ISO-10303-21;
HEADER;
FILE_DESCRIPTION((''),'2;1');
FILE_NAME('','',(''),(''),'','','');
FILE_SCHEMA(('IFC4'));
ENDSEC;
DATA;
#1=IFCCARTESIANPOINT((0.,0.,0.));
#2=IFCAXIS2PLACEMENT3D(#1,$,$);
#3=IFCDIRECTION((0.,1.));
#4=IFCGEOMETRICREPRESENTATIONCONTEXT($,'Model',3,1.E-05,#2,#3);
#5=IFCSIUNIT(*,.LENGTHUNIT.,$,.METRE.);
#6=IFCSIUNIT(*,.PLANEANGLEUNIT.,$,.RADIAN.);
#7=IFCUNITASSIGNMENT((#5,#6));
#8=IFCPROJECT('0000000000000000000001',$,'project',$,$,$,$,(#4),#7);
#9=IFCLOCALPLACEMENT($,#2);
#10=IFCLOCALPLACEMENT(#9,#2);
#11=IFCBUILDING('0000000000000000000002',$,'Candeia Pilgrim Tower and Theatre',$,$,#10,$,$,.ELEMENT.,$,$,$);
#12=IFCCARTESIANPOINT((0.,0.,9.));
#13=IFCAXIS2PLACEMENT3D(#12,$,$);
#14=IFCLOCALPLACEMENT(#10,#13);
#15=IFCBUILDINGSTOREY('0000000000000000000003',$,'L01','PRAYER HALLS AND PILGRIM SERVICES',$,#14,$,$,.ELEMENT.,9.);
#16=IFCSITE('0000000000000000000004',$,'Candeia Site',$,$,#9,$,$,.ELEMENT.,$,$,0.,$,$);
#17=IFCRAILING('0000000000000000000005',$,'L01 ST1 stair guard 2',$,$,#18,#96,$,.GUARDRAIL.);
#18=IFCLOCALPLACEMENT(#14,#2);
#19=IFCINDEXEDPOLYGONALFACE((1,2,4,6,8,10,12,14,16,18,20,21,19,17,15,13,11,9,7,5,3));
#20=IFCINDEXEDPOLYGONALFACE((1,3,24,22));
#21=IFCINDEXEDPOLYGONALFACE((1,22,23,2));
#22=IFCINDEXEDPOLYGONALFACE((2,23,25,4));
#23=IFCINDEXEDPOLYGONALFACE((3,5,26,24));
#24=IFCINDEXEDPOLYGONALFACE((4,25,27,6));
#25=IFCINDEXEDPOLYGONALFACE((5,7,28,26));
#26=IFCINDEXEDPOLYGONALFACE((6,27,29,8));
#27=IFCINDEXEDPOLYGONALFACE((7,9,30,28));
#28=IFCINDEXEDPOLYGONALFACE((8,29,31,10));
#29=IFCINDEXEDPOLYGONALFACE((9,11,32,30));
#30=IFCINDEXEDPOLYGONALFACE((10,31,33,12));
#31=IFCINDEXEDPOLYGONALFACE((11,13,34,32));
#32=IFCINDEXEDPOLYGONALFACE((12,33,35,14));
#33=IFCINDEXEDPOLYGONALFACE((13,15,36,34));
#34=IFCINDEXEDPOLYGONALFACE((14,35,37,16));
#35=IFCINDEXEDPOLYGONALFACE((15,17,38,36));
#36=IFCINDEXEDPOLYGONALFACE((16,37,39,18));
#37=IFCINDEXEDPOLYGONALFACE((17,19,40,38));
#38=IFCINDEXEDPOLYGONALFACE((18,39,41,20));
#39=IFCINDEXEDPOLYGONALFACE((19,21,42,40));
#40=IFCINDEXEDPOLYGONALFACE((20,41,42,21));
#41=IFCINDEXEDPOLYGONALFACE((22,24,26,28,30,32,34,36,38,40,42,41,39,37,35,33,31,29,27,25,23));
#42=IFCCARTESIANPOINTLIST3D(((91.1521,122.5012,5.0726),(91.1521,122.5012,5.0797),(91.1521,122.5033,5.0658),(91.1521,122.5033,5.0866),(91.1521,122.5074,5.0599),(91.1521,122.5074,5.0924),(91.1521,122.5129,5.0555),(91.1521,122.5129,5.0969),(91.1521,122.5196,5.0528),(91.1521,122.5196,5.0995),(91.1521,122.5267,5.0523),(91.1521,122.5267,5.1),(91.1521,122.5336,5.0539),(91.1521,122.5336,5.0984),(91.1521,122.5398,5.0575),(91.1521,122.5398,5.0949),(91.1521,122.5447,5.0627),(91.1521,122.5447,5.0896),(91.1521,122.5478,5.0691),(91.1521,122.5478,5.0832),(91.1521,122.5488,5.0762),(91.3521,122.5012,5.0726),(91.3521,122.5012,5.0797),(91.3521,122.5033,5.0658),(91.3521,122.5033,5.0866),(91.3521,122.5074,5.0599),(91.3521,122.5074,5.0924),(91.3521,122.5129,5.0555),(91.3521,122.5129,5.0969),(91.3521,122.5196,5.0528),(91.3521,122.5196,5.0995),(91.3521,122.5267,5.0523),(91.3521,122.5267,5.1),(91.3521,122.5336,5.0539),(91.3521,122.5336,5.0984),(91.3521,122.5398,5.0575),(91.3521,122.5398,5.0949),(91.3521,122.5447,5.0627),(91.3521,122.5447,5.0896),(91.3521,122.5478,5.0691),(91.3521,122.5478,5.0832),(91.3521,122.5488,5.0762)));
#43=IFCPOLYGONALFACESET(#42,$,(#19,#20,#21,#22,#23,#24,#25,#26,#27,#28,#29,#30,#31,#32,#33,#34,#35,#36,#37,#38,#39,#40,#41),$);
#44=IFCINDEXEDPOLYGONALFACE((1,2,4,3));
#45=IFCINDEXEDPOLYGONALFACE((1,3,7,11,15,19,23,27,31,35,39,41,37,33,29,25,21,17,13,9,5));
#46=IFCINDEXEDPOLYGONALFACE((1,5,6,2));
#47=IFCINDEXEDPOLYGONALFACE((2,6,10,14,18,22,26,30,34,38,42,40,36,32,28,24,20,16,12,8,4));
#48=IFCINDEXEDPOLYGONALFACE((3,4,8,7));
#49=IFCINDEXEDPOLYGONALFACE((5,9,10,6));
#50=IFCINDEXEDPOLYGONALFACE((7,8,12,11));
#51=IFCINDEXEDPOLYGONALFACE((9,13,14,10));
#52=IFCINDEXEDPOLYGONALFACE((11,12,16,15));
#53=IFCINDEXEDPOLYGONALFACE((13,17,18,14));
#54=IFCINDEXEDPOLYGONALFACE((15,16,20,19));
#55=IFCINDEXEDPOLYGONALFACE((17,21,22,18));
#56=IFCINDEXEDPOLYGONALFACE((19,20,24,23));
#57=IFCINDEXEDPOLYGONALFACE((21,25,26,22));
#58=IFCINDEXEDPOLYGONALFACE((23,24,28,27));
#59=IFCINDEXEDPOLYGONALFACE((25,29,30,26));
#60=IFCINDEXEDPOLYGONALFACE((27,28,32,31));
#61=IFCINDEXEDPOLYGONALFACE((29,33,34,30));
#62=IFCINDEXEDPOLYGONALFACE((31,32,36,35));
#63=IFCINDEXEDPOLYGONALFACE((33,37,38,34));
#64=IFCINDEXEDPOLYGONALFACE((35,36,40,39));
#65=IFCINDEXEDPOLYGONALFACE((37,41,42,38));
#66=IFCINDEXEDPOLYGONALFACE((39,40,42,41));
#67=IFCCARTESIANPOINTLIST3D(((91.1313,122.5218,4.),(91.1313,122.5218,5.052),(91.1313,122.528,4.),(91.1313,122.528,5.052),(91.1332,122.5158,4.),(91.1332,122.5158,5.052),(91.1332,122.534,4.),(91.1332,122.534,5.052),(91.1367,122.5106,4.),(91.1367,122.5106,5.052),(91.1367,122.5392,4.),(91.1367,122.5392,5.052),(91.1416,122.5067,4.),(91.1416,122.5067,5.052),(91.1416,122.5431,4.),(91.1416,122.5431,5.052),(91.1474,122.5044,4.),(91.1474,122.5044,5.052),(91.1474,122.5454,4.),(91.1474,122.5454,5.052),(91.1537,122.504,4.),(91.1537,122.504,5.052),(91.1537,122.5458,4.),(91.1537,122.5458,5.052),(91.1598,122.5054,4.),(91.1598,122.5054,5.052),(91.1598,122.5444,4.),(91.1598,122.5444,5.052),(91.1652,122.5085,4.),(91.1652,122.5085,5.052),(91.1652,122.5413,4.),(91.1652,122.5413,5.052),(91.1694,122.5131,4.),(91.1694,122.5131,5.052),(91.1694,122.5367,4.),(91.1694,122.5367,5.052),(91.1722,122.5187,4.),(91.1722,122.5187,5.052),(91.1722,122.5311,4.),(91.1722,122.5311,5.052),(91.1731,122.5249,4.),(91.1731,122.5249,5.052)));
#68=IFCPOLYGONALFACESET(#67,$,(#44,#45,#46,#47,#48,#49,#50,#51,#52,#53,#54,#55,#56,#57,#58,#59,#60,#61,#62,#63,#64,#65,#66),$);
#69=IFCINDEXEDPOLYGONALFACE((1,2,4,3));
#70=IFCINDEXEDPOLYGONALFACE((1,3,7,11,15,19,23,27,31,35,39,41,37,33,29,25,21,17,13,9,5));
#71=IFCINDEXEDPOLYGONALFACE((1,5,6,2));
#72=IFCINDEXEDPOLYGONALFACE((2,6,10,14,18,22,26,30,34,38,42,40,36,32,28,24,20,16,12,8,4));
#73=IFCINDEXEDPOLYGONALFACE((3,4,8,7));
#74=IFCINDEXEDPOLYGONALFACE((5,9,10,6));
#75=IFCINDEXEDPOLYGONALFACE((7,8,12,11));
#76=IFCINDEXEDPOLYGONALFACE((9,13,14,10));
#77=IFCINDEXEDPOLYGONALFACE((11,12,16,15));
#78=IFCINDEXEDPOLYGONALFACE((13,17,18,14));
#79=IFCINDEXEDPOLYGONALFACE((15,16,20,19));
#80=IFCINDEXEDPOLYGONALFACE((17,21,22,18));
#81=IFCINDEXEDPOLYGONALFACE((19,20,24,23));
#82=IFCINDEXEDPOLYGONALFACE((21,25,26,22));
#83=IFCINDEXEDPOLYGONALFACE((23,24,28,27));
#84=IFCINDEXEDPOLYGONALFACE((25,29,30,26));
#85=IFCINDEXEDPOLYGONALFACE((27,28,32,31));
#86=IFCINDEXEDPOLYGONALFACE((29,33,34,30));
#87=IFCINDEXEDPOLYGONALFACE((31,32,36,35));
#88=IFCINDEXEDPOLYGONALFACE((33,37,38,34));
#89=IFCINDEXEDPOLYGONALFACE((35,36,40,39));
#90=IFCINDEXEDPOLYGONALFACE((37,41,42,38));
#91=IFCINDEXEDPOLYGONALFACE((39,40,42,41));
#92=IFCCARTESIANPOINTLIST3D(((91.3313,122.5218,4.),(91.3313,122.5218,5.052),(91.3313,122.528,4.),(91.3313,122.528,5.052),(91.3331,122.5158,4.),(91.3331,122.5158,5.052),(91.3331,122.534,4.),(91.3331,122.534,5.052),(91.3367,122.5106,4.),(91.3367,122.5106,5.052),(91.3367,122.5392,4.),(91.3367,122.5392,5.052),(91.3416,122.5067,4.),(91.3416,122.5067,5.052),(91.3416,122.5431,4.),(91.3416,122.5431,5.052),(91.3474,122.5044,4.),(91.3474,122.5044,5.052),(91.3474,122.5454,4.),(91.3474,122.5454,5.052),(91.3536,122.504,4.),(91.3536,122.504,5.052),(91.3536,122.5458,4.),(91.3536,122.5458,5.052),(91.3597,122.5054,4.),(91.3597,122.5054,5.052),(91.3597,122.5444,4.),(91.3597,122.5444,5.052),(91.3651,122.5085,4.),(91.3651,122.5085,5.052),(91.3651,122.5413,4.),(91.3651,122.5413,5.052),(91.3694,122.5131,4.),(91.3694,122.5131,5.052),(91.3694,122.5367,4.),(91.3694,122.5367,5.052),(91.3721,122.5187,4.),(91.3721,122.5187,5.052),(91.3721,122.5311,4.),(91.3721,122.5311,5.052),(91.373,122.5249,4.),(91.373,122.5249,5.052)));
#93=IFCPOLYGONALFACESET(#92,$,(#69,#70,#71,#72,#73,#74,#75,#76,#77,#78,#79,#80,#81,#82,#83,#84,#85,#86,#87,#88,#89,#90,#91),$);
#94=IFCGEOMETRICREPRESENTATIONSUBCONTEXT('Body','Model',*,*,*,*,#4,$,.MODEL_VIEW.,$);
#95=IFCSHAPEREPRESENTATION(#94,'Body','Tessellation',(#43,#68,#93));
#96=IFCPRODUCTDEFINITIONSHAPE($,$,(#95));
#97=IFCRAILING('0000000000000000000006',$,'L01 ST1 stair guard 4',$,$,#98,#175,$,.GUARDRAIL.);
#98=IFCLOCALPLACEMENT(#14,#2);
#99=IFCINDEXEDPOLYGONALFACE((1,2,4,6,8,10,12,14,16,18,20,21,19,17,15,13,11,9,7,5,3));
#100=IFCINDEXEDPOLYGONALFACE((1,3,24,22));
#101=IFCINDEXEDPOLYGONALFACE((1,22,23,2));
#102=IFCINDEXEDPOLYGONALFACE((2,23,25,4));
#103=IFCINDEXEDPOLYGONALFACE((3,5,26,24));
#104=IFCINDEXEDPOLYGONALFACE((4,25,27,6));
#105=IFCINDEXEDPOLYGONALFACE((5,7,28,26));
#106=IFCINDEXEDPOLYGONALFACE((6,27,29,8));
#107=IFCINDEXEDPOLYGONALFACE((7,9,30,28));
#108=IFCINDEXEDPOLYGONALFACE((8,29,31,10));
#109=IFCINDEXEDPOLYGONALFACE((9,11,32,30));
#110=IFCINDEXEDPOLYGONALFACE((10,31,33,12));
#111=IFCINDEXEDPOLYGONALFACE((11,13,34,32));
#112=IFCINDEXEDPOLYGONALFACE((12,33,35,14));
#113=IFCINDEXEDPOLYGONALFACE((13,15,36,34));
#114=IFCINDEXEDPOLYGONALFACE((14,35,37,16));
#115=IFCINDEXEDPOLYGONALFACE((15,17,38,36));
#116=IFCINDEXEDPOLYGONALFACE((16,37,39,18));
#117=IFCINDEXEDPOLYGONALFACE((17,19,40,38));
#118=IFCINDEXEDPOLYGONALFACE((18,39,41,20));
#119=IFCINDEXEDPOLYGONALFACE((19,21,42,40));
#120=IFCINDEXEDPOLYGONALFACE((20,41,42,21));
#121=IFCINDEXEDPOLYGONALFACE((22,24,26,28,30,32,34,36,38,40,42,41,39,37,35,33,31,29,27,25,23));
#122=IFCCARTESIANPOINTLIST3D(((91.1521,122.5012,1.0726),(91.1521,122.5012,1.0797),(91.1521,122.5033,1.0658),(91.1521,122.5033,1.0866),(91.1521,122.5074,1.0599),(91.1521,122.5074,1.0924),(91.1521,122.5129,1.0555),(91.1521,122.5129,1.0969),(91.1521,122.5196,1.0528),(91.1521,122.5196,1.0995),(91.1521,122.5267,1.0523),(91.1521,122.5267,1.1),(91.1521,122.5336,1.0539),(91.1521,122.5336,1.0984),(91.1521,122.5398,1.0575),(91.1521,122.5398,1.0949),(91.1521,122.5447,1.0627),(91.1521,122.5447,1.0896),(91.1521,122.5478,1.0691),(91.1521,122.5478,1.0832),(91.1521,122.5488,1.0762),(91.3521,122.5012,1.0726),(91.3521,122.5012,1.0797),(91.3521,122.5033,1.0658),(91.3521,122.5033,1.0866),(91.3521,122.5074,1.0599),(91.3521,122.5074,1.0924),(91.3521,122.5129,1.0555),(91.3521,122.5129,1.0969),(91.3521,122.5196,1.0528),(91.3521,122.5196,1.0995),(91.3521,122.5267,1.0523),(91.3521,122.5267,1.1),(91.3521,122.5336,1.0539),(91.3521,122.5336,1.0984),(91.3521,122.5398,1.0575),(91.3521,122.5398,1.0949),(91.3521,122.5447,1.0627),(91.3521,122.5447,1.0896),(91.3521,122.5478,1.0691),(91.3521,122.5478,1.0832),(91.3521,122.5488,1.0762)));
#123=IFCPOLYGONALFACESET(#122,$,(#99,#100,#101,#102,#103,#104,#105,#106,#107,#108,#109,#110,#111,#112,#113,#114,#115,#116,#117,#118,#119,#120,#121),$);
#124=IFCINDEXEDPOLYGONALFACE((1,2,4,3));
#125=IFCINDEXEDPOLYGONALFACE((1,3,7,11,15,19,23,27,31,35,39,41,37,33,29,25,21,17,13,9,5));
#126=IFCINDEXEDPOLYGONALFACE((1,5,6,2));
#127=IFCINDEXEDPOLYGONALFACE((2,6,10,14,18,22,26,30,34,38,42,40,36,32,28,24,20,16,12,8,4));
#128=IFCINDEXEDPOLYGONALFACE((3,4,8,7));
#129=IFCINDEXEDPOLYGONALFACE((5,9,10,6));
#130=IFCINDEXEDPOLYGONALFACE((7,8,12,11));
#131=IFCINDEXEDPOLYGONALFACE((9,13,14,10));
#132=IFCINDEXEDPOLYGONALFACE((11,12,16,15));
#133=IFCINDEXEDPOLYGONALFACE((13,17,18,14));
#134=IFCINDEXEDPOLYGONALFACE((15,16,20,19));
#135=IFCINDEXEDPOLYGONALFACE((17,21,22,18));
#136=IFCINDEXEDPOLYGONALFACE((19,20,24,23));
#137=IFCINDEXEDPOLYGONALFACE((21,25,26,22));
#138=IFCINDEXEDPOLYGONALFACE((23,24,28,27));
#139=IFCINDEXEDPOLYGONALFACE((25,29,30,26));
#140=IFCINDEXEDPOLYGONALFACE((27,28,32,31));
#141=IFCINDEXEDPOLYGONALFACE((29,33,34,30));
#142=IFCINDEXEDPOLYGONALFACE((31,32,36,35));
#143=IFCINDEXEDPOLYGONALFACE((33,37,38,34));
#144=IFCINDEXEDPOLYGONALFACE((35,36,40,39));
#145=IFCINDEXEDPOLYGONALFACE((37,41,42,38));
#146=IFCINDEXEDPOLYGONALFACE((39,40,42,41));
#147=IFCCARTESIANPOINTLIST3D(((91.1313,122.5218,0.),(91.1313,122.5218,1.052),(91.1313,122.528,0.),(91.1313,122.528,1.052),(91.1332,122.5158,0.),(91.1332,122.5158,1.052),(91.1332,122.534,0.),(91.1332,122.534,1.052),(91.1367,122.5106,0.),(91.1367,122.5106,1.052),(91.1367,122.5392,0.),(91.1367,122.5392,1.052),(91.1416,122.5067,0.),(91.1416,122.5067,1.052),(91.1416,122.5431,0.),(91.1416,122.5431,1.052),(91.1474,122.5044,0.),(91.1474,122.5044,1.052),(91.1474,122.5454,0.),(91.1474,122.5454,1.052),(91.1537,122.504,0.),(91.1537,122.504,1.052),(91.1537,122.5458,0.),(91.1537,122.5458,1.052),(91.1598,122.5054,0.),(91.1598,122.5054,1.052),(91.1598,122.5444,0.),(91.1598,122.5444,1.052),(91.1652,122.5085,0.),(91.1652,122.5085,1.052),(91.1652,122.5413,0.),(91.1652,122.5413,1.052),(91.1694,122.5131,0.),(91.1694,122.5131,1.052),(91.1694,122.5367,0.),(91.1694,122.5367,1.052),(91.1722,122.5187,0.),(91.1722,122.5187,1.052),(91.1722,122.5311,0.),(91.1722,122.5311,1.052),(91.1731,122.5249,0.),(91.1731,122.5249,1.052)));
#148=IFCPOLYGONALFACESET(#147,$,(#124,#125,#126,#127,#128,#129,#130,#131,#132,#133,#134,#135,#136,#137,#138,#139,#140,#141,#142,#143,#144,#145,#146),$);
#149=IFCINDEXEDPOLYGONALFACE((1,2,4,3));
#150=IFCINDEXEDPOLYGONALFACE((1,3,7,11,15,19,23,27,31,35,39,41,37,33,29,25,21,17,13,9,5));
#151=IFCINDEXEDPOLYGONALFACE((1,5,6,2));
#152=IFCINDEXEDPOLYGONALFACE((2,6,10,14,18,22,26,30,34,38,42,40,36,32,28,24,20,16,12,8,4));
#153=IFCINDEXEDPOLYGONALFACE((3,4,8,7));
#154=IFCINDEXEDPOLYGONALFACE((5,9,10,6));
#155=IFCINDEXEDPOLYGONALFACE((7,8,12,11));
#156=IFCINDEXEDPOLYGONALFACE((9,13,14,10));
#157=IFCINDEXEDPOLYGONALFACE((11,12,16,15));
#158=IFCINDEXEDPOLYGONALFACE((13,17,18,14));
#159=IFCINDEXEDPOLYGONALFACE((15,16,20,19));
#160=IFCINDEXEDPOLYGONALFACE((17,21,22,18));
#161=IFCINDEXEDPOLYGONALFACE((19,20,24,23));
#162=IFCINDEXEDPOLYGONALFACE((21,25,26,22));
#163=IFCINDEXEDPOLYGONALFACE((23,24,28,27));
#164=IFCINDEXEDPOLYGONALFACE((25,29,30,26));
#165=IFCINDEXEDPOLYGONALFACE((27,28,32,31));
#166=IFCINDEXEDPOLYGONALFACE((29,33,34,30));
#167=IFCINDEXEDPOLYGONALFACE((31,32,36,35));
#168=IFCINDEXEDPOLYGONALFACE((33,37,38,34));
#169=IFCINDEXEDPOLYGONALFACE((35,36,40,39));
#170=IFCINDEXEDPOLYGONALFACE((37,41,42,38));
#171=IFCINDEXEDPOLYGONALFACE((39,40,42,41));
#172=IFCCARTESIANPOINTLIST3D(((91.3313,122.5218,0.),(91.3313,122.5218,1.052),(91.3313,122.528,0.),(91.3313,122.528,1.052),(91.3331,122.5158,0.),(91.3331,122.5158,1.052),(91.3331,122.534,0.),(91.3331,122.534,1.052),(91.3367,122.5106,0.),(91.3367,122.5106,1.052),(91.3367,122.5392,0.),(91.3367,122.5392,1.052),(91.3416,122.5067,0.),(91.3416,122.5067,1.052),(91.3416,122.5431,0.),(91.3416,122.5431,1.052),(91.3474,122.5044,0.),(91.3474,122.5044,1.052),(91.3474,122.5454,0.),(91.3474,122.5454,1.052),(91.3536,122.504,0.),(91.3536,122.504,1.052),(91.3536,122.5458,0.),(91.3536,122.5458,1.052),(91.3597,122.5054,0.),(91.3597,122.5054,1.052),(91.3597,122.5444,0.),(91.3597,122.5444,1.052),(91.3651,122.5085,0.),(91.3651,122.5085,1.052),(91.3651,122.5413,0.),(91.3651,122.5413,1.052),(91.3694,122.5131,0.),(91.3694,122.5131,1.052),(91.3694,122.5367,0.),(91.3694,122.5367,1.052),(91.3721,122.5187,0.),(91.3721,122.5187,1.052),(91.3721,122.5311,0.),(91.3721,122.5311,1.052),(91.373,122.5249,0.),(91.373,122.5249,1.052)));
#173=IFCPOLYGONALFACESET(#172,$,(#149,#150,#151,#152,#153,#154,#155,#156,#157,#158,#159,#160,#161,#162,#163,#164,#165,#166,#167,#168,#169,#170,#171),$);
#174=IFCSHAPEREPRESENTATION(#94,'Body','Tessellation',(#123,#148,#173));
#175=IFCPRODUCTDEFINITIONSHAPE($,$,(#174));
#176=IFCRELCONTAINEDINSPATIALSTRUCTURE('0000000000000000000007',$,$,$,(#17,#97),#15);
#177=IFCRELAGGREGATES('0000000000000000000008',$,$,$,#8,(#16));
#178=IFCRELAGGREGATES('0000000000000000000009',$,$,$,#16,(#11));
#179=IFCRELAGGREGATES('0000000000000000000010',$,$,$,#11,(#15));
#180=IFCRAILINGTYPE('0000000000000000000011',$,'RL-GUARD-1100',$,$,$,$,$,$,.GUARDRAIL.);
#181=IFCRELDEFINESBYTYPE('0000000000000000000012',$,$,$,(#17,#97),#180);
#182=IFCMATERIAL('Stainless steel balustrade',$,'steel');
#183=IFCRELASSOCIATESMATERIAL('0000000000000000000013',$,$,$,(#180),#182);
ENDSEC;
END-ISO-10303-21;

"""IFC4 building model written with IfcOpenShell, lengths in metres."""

from ifc_helpers import new_model, si_unit, direction, frame, origin, origin_2d, place, context, subcontext, project, spatial, circle, extrude, material, type_object, element, save


model = new_model("IFC4")

# Units and contexts
model_context = context("Model", 3, precision=1e-05, world=origin(), true_north=direction((0.0, 1.0)))
body_context = subcontext(model_context, "Body", "Model", "MODEL_VIEW")
ifc_project = project(units=[si_unit("LENGTHUNIT", "METRE"), si_unit("PLANEANGLEUNIT", "RADIAN")], contexts=[model_context])

# Site, building, storey
site_placement = place(None, origin())
site = spatial("IfcSite", under=ifc_project, at=site_placement, Name="Candeia Site", CompositionType="ELEMENT", RefElevation=0.0)
building_placement = place(site_placement, origin())
building = spatial("IfcBuilding", under=site, at=building_placement, Name="Candeia Pilgrim Tower and Theatre", CompositionType="ELEMENT")
storey_placement = place(building_placement, frame((0.0, 0.0, 9.0)))
storey = spatial("IfcBuildingStorey", under=building, at=storey_placement, Name="L01", Description="PRAYER HALLS AND PILGRIM SERVICES", CompositionType="ELEMENT", Elevation=9.0)

# Railings
ifc_material_1 = material(Name="Stainless steel balustrade", Category="steel")
railing_type_1 = type_object("IfcRailingType", Name="RL-GUARD-1100", PredefinedType="GUARDRAIL", material=ifc_material_1)
for number, where, name in (
    (1, (91.1521, 122.5249, 4.0), "L01 ST1 stair guard 2"),
    (2, (91.1521, 122.5249, 0.0), "L01 ST1 stair guard 4"),
):
    element("IfcRailing", number, at=place(storey_placement, frame(where)), inside=storey, type_object=railing_type_1, Name=name, PredefinedType="GUARDRAIL", context=body_context, shape_type="SweptSolid", body=[
        extrude(circle(Radius=0.0239, at=origin_2d()), frame((0.0, 0.0, 1.0762), z_axis=(1.0, 0.0, 0.0), x_axis=(0.0, 1.0, 0.0)), (0.0, 0.0, 1.0), 0.2),
        extrude(circle(Radius=0.021, at=origin_2d()), origin(), (0.0, 0.0, 1.0), 1.052),
        extrude(circle(Radius=0.021, at=origin_2d()), frame((0.2, 0.0, 0.0)), (0.0, 0.0, 1.0), 1.052),
    ])

save(model, "model.ifc")
